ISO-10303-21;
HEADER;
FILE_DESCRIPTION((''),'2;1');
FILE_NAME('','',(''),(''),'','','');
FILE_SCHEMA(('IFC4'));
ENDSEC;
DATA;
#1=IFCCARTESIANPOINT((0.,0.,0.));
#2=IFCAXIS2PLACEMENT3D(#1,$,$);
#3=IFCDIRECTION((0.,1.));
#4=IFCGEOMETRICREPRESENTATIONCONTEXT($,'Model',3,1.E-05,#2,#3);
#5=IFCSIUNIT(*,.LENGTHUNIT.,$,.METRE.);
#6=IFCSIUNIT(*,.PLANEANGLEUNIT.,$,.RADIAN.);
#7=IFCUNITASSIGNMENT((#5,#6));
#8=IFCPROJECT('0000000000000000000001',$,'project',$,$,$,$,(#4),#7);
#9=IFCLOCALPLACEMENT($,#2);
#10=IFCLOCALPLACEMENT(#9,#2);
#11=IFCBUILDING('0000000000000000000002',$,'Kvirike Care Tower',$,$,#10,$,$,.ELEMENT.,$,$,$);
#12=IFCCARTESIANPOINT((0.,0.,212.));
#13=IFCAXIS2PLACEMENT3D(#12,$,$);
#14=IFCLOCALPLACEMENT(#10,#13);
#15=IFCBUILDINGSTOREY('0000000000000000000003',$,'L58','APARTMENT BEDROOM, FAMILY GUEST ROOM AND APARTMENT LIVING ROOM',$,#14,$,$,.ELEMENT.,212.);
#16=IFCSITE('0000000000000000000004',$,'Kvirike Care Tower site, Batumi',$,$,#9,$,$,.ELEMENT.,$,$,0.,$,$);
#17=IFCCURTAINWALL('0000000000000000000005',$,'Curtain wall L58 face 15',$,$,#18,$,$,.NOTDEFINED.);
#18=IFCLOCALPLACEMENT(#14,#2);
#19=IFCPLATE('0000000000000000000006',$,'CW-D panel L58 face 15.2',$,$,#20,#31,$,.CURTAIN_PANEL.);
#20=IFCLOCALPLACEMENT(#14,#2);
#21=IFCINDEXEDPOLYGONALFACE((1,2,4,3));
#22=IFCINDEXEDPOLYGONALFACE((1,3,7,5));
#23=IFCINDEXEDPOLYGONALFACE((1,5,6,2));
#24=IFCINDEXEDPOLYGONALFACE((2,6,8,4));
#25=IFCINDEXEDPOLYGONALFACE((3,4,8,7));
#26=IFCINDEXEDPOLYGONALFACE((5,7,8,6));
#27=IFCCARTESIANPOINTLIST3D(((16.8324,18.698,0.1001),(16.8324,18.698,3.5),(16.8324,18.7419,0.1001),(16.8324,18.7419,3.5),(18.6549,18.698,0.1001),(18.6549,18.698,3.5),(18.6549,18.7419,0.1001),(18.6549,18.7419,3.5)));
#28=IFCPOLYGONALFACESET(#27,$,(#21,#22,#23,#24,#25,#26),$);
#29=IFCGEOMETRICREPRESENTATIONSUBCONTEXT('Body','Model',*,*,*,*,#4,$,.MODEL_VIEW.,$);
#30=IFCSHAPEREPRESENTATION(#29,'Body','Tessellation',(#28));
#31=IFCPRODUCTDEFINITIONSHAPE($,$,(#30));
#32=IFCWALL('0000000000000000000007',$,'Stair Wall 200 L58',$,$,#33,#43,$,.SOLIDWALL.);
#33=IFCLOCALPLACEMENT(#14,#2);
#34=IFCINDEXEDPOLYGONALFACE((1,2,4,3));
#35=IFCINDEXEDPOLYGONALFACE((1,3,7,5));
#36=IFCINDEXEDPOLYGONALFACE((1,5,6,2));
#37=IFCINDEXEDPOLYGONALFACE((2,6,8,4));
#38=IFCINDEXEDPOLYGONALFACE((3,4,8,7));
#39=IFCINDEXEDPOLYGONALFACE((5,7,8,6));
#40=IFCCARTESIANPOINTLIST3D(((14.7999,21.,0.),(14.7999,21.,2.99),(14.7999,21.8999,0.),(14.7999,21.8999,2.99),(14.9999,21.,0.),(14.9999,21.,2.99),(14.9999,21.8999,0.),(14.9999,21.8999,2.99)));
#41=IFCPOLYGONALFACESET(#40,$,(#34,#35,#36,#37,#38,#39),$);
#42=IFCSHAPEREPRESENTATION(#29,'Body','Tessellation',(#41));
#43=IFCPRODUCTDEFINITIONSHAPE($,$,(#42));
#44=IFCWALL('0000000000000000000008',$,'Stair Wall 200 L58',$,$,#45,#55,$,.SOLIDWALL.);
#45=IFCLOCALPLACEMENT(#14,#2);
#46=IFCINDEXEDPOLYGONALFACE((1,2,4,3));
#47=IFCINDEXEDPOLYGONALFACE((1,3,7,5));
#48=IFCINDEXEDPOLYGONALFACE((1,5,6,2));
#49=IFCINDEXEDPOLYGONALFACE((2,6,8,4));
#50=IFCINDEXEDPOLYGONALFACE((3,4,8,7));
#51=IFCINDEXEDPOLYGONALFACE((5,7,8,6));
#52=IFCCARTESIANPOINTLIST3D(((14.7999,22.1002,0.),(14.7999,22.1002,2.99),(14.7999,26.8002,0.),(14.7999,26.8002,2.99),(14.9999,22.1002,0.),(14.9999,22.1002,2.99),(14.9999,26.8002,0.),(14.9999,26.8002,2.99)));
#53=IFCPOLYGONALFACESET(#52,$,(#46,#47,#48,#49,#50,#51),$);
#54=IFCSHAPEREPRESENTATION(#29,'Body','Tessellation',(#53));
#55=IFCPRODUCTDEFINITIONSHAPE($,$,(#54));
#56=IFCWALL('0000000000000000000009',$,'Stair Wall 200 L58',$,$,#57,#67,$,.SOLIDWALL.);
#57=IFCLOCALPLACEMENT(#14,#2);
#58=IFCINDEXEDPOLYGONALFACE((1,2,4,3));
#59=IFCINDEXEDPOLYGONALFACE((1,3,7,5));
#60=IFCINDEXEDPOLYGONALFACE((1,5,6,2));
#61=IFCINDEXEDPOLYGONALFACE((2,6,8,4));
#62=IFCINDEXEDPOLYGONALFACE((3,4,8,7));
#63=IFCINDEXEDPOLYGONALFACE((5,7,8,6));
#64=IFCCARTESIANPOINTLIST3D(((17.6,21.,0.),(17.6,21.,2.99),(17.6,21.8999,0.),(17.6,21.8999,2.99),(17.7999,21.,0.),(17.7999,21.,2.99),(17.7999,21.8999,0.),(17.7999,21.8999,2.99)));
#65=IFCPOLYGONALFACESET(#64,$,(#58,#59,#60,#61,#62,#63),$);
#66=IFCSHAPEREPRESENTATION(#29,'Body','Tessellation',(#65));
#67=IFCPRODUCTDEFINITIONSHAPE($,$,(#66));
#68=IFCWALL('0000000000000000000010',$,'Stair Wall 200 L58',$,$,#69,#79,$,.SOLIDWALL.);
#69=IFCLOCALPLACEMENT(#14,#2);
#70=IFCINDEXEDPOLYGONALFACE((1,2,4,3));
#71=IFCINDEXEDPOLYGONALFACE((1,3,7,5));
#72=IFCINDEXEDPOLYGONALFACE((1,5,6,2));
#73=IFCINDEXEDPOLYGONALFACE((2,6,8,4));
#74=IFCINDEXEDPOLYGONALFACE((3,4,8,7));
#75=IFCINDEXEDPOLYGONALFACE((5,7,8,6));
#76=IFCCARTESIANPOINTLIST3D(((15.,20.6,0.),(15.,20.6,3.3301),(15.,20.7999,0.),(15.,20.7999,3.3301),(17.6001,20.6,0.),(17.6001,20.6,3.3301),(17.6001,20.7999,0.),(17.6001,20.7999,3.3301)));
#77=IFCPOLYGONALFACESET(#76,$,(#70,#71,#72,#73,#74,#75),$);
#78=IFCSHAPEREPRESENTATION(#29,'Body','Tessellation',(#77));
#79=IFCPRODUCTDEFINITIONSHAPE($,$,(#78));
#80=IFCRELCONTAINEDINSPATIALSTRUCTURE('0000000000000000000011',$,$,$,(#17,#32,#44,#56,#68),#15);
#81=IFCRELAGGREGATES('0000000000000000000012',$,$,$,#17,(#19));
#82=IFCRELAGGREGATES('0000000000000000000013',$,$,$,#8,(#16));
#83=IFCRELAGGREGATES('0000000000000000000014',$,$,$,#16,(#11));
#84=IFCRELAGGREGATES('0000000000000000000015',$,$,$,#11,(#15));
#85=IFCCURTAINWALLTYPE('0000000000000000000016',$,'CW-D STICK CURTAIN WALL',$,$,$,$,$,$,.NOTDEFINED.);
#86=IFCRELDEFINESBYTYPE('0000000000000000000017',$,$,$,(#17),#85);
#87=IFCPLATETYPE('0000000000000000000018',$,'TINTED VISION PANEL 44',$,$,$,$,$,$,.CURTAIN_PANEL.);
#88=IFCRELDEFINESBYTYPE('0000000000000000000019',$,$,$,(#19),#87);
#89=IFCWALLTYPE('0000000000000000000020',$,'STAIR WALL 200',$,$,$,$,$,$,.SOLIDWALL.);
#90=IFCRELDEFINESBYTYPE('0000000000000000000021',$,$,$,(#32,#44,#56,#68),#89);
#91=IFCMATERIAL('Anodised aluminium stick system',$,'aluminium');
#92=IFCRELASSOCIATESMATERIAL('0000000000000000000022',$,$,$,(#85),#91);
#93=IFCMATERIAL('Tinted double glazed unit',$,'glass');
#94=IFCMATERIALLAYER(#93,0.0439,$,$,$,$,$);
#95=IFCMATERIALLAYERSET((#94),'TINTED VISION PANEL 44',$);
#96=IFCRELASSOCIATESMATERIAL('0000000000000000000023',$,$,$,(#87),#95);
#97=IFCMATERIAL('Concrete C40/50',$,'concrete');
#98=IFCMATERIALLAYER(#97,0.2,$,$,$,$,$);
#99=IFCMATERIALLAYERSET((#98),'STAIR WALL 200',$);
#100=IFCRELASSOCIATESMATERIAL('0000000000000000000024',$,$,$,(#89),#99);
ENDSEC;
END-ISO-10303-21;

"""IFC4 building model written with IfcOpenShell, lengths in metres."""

from ifc_helpers import new_model, si_unit, direction, frame, frame_2d, origin, origin_2d, place, context, subcontext, project, spatial, rectangle, extrude, material, layer, layer_set, type_object, element, aggregate, save


model = new_model("IFC4")

# Units and contexts
model_context = context("Model", 3, precision=1e-05, world=origin(), true_north=direction((0.0, 1.0)))
body_context = subcontext(model_context, "Body", "Model", "MODEL_VIEW")
ifc_project = project(units=[si_unit("LENGTHUNIT", "METRE"), si_unit("PLANEANGLEUNIT", "RADIAN")], contexts=[model_context])

# Site, building, storey
site_placement = place(None, origin())
site = spatial("IfcSite", under=ifc_project, at=site_placement, Name="Kvirike Care Tower site, Batumi", CompositionType="ELEMENT", RefElevation=0.0)
building_placement = place(site_placement, origin())
building = spatial("IfcBuilding", under=site, at=building_placement, Name="Kvirike Care Tower", CompositionType="ELEMENT")
storey_placement = place(building_placement, frame((0.0, 0.0, 212.0)))
storey = spatial("IfcBuildingStorey", under=building, at=storey_placement, Name="L58", Description="APARTMENT BEDROOM, FAMILY GUEST ROOM AND APARTMENT LIVING ROOM", CompositionType="ELEMENT", Elevation=212.0)

# Curtain wall
ifc_material_1 = material(Name="Anodised aluminium stick system", Category="aluminium")
curtain_wall_type = type_object("IfcCurtainWallType", Name="CW-D STICK CURTAIN WALL", PredefinedType="NOTDEFINED", material=ifc_material_1)
curtain_wall_1_placement = place(storey_placement, origin())
curtain_wall_1 = element("IfcCurtainWall", 1, at=curtain_wall_1_placement, inside=storey, type_object=curtain_wall_type, Name="Curtain wall L58 face 15", PredefinedType="NOTDEFINED")

# Plate
ifc_material_2 = material(Name="Tinted double glazed unit", Category="glass")
ifc_layer_1 = layer(ifc_material_2, 0.0439)
ifc_layer_set_1 = layer_set([ifc_layer_1], Name="TINTED VISION PANEL 44")
plate_type = type_object("IfcPlateType", Name="TINTED VISION PANEL 44", PredefinedType="CURTAIN_PANEL", material=ifc_layer_set_1)
plate_1_placement = place(storey_placement, frame((17.7437, 18.72, 0.1001), z_axis=(0.0, 0.0, 1.0), x_axis=(1.0, 0.0, 0.0)))
plate_1 = element("IfcPlate", 2, at=plate_1_placement, type_object=plate_type, Name="CW-D panel L58 face 15.2", PredefinedType="CURTAIN_PANEL", context=body_context, shape_type="SweptSolid", body=[
    extrude(rectangle(XDim=1.8225, YDim=0.0439, at=origin_2d()), origin(), (0.0, 0.0, 1.0), 3.3999),
])
aggregate(curtain_wall_1, [plate_1])

# Walls
ifc_material_3 = material(Name="Concrete C40/50", Category="concrete")
ifc_layer_2 = layer(ifc_material_3, 0.2)
ifc_layer_set_2 = layer_set([ifc_layer_2], Name="STAIR WALL 200")
wall_type = type_object("IfcWallType", Name="STAIR WALL 200", PredefinedType="SOLIDWALL", material=ifc_layer_set_2)
wall_1_placement = place(storey_placement, frame((14.8999, 21.0, 0.0), z_axis=(0.0, 0.0, 1.0), x_axis=(0.0, 1.0, 0.0)))
element("IfcWall", 3, at=wall_1_placement, inside=storey, type_object=wall_type, Name="Stair Wall 200 L58", PredefinedType="SOLIDWALL", context=body_context, shape_type="SweptSolid", body=[
    extrude(rectangle(XDim=0.8999, YDim=0.2, at=frame_2d((0.45, 0.0))), origin(), (0.0, 0.0, 1.0), 2.99),
])
wall_2_placement = place(storey_placement, frame((14.8999, 22.1001, 0.0), z_axis=(0.0, 0.0, 1.0), x_axis=(0.0, 1.0, 0.0)))
element("IfcWall", 4, at=wall_2_placement, inside=storey, type_object=wall_type, Name="Stair Wall 200 L58", PredefinedType="SOLIDWALL", context=body_context, shape_type="SweptSolid", body=[
    extrude(rectangle(XDim=4.7, YDim=0.2, at=frame_2d((2.3501, 0.0))), origin(), (0.0, 0.0, 1.0), 2.99),
])
wall_3_placement = place(storey_placement, frame((17.7, 21.0, 0.0), z_axis=(0.0, 0.0, 1.0), x_axis=(0.0, 1.0, 0.0)))
element("IfcWall", 5, at=wall_3_placement, inside=storey, type_object=wall_type, Name="Stair Wall 200 L58", PredefinedType="SOLIDWALL", context=body_context, shape_type="SweptSolid", body=[
    extrude(rectangle(XDim=0.8999, YDim=0.2, at=frame_2d((0.45, 0.0))), origin(), (0.0, 0.0, 1.0), 2.99),
])
wall_4_placement = place(storey_placement, frame((15.0, 20.7, 0.0), z_axis=(0.0, 0.0, 1.0), x_axis=(1.0, 0.0, 0.0)))
element("IfcWall", 6, at=wall_4_placement, inside=storey, type_object=wall_type, Name="Stair Wall 200 L58", PredefinedType="SOLIDWALL", context=body_context, shape_type="SweptSolid", body=[
    extrude(rectangle(XDim=2.6001, YDim=0.2, at=frame_2d((1.3, 0.0))), origin(), (0.0, 0.0, 1.0), 3.3301),
])

save(model, "model.ifc")
